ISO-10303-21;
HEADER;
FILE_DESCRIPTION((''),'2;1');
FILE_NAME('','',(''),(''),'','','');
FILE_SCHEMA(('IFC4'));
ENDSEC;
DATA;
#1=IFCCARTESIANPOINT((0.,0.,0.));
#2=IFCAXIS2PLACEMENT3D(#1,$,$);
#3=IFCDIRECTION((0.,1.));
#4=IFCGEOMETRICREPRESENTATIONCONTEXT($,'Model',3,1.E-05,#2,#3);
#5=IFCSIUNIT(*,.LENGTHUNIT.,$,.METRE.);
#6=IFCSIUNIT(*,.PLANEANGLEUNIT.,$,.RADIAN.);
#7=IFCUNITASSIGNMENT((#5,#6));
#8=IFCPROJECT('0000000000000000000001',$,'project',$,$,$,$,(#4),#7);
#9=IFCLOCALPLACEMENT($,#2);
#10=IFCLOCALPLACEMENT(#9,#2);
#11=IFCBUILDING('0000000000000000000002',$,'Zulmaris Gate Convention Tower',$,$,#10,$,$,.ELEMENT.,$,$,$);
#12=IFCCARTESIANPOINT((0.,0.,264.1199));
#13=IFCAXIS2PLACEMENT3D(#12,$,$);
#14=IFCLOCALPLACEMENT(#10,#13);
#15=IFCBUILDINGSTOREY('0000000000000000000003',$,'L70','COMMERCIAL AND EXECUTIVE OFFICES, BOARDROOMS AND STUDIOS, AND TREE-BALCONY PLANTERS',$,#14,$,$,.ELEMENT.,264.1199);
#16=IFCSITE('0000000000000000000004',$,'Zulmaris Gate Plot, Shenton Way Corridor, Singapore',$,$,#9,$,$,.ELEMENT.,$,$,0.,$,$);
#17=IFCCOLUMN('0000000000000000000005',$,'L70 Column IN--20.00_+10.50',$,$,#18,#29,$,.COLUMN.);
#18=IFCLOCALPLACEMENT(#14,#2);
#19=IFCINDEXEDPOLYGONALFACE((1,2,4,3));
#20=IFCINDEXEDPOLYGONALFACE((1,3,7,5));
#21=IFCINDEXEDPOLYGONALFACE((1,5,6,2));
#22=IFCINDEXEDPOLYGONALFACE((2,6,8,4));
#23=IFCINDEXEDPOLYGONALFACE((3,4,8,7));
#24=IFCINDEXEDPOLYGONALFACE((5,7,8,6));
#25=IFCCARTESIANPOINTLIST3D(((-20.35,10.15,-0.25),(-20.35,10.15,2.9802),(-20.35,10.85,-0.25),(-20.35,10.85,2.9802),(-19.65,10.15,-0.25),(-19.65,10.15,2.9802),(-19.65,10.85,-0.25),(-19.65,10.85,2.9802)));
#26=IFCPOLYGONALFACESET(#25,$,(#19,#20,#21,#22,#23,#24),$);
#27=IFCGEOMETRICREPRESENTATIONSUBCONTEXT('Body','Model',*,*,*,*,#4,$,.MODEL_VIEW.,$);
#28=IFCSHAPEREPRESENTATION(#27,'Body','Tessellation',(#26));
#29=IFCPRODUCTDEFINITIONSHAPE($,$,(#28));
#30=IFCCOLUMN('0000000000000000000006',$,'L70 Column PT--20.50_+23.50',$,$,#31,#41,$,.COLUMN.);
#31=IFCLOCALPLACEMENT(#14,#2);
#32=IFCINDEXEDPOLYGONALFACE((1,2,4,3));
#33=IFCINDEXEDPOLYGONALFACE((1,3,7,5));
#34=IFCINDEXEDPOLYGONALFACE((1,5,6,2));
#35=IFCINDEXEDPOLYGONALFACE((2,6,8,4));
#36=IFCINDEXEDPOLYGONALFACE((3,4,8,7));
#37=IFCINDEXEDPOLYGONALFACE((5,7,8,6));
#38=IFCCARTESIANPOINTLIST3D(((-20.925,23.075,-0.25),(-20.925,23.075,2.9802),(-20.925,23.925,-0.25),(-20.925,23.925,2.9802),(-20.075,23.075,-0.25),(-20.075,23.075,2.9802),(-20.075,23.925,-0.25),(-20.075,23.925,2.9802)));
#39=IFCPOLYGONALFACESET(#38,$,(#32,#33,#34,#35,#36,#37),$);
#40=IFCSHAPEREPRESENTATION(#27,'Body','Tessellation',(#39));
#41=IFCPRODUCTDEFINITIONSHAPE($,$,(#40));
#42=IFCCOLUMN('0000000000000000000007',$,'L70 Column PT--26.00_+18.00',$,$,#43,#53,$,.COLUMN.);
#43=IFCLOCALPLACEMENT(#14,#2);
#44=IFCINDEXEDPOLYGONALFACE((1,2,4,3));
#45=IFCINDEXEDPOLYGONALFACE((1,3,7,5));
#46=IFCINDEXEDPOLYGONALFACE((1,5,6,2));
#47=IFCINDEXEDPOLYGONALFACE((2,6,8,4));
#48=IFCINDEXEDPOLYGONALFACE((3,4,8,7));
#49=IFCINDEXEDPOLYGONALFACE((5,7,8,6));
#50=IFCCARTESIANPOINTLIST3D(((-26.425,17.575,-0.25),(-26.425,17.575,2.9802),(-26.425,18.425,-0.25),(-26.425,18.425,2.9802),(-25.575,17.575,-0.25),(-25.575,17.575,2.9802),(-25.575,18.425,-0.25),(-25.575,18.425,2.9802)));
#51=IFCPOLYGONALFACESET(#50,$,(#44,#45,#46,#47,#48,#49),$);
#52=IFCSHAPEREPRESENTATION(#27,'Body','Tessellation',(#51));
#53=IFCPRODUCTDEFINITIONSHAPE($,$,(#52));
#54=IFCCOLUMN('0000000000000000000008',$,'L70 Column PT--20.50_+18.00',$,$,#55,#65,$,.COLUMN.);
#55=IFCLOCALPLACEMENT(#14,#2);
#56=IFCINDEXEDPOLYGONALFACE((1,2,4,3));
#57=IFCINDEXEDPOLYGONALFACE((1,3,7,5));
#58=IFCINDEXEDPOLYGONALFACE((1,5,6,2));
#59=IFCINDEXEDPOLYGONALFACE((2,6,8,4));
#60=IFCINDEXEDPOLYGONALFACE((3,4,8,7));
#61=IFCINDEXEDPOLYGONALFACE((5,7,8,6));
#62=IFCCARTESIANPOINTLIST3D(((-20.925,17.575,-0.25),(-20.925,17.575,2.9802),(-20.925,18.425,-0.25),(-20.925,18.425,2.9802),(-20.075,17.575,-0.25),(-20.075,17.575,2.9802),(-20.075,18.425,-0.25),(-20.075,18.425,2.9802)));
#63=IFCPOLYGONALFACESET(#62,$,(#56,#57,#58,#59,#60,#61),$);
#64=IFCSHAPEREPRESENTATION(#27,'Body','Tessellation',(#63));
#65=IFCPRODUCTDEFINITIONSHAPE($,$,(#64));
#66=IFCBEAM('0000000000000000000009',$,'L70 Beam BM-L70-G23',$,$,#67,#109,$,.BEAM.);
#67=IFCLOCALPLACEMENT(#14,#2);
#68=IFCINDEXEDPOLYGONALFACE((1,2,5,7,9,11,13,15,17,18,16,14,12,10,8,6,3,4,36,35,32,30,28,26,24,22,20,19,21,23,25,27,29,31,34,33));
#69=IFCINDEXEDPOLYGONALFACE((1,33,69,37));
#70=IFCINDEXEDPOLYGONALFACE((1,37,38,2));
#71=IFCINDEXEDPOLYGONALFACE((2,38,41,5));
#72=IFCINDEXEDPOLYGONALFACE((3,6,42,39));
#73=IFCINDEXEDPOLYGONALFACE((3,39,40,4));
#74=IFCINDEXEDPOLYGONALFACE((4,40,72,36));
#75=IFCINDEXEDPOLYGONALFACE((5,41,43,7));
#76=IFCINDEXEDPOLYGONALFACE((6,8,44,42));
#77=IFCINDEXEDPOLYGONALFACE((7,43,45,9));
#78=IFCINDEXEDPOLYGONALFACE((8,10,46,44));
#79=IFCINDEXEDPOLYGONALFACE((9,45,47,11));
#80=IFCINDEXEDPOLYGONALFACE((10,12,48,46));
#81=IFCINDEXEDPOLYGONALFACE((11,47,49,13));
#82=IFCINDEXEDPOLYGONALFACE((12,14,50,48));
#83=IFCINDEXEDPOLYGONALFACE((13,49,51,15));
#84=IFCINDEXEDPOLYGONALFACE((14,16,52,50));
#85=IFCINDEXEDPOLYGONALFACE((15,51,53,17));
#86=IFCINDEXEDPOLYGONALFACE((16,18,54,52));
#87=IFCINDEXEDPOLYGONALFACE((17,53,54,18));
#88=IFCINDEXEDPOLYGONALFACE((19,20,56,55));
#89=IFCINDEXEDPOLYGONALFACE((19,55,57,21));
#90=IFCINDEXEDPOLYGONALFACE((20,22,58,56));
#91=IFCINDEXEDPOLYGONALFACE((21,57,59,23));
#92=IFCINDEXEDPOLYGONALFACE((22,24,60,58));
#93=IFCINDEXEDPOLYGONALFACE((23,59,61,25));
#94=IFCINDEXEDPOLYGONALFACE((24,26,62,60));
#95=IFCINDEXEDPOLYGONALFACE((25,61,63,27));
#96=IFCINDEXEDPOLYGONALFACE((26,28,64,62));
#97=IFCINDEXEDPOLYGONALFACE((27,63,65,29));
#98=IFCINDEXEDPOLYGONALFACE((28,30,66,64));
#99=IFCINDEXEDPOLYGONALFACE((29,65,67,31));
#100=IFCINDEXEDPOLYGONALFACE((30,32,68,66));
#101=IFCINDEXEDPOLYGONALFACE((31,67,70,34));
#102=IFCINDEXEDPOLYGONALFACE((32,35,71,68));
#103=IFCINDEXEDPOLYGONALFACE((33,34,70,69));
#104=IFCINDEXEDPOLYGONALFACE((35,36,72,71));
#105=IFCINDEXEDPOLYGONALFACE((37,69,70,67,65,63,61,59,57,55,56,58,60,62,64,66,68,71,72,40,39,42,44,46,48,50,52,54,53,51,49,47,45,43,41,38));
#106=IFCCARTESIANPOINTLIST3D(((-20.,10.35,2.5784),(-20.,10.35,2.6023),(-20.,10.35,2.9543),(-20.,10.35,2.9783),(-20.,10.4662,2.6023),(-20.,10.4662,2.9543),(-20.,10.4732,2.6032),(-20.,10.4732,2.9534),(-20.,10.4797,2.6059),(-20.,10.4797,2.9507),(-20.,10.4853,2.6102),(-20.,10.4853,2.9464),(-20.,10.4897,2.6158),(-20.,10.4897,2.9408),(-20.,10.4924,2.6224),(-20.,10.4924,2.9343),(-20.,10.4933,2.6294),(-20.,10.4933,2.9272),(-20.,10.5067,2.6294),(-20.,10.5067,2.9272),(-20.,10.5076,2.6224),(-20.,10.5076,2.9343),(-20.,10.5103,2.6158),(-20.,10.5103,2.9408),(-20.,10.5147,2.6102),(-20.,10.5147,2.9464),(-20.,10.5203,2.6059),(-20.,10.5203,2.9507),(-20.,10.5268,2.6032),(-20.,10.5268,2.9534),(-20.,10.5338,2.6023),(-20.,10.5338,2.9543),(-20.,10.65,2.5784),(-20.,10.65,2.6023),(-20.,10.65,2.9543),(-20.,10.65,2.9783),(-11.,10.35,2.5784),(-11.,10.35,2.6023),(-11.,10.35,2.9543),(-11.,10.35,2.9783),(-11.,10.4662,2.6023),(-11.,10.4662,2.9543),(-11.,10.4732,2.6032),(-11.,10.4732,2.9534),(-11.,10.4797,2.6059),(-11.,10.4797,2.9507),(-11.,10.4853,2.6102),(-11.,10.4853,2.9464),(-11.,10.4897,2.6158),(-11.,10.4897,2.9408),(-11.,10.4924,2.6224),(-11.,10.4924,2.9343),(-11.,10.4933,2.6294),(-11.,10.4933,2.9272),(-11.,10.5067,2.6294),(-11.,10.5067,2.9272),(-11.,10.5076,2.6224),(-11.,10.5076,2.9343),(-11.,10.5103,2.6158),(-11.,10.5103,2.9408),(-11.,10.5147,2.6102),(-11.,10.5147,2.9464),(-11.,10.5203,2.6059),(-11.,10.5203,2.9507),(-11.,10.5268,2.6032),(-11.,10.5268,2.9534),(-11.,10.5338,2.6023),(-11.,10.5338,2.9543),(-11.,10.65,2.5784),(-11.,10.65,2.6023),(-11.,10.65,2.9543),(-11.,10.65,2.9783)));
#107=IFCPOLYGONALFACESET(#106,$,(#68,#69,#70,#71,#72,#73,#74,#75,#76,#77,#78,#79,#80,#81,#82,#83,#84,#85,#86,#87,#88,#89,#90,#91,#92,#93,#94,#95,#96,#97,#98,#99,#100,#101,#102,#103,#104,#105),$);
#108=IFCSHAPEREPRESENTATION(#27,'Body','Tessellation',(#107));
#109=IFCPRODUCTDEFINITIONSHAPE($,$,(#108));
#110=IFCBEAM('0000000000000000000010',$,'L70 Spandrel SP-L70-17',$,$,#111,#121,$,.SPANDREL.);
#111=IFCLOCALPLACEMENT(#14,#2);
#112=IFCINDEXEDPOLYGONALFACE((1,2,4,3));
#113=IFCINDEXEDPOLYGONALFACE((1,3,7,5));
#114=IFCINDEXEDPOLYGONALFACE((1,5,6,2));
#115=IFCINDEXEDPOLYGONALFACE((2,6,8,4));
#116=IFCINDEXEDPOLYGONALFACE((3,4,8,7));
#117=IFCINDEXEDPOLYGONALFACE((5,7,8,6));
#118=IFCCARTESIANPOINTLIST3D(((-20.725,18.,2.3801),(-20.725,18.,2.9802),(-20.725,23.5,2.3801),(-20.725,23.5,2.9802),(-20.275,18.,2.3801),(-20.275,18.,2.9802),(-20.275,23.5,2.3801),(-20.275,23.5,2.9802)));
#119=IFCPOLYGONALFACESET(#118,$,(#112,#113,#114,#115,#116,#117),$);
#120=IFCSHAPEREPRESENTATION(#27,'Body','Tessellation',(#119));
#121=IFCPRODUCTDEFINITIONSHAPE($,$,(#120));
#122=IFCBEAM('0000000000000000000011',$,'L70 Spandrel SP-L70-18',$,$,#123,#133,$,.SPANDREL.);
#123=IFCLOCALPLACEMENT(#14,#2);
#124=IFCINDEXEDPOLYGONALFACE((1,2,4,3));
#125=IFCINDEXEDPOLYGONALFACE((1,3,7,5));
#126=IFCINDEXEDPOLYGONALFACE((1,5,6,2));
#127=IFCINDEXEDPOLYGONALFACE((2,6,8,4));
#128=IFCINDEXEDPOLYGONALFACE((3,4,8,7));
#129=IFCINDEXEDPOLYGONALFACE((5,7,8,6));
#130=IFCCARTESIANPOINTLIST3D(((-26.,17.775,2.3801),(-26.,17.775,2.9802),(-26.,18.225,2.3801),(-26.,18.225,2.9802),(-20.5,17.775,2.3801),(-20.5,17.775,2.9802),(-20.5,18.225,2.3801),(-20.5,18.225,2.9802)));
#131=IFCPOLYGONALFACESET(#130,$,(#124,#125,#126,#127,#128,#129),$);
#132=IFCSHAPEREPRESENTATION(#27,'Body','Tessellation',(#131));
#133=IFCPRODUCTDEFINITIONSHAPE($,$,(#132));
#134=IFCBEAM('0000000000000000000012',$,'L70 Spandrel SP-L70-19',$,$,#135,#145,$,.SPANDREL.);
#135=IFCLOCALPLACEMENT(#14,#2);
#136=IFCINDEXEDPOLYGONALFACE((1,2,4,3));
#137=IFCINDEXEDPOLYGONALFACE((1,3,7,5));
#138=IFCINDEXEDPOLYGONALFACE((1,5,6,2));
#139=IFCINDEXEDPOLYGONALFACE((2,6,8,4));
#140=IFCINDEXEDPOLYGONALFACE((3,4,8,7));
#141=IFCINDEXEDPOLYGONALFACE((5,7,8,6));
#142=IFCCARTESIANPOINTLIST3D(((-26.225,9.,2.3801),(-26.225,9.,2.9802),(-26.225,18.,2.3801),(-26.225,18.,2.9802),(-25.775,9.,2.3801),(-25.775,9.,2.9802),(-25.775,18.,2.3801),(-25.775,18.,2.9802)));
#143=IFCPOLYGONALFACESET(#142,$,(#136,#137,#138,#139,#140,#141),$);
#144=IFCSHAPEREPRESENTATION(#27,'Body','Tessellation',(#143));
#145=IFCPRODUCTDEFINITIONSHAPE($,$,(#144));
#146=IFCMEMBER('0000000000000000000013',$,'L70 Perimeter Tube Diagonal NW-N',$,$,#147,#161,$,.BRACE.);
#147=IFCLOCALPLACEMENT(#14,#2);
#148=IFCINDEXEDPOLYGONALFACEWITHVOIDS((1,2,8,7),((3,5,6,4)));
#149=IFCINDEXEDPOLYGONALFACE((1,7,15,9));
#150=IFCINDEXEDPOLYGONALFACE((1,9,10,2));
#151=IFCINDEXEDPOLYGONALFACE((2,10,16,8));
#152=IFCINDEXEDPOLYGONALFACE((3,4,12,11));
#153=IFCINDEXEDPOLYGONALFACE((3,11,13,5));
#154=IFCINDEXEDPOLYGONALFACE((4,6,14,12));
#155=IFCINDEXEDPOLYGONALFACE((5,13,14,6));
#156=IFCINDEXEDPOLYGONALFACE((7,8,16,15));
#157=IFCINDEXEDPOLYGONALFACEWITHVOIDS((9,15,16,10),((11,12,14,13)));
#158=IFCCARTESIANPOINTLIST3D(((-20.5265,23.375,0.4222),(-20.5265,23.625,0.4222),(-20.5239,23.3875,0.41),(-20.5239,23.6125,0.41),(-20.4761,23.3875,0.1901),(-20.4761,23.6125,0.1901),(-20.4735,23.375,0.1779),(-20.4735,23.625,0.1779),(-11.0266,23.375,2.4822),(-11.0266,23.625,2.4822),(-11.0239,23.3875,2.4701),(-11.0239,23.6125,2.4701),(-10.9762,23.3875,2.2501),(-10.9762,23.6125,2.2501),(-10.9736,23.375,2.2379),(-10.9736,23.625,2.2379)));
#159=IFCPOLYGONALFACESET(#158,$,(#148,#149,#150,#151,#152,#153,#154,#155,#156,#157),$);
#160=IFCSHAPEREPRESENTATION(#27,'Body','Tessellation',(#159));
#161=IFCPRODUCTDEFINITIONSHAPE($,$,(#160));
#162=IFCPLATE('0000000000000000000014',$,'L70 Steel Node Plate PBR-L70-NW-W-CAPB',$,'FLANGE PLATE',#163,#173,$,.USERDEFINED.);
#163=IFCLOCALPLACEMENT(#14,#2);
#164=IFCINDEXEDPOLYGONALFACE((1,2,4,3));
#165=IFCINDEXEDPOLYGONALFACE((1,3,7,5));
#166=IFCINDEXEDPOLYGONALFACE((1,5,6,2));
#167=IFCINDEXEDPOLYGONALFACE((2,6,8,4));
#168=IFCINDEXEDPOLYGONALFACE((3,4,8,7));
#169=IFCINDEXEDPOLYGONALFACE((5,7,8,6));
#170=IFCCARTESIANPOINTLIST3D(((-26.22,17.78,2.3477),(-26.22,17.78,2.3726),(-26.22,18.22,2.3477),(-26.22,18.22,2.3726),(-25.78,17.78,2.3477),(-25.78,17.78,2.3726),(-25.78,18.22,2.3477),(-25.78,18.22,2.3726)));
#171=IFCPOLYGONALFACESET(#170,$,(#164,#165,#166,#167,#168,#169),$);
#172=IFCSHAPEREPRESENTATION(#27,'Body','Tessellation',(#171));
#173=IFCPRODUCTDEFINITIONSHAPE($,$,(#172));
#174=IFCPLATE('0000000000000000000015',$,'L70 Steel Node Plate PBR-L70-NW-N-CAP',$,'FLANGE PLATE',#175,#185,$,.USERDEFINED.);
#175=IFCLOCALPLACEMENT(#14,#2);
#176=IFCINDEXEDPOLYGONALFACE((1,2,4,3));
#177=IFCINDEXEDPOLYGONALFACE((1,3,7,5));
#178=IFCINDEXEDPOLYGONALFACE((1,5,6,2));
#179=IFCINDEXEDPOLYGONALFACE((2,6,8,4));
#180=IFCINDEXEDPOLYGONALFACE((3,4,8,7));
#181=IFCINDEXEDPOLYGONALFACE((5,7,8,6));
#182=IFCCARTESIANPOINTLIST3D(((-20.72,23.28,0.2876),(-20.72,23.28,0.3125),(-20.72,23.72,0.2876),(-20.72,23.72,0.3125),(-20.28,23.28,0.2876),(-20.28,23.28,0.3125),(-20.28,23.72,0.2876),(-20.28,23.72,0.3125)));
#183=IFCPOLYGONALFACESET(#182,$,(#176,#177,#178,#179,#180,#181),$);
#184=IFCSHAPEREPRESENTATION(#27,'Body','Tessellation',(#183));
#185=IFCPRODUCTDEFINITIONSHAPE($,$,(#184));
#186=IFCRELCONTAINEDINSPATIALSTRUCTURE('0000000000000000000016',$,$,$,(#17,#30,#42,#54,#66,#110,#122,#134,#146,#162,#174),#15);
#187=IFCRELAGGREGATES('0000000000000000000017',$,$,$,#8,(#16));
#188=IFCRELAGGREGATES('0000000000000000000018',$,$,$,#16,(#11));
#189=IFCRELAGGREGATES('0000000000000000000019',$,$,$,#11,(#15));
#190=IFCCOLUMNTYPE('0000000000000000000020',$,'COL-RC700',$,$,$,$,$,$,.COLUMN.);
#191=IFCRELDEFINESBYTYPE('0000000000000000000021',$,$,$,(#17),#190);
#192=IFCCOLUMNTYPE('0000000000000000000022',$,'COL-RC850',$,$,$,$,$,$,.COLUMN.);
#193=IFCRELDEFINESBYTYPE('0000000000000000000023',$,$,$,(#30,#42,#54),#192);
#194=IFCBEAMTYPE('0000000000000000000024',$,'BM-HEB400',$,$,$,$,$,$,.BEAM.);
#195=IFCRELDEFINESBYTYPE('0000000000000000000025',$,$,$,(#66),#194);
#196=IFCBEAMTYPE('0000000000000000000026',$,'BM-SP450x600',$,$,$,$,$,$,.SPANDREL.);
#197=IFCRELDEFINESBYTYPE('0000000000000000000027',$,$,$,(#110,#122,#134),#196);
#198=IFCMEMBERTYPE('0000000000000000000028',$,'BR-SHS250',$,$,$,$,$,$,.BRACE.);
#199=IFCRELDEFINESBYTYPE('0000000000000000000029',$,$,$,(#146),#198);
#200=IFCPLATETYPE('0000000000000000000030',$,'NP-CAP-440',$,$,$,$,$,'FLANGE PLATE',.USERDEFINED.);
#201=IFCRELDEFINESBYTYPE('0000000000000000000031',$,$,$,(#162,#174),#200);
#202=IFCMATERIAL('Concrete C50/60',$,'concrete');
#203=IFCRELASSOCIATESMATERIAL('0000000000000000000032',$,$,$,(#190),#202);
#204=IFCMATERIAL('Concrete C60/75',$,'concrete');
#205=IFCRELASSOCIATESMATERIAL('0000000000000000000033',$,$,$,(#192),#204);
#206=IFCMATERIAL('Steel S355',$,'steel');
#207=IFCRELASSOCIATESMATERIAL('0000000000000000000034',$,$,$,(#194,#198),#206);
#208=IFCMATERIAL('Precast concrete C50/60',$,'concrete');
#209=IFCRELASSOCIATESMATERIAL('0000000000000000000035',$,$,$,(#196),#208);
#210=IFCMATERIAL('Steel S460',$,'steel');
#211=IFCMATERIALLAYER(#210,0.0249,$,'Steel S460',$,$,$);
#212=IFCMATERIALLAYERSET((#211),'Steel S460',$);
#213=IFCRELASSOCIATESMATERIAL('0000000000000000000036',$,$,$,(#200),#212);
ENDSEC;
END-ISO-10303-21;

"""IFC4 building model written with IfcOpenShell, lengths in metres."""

from ifc_helpers import new_model, si_unit, direction, frame, origin, origin_2d, place, context, subcontext, project, spatial, rectangle, hollow_rectangle, i_section, extrude, material, layer, layer_set, material_profile, profile_set, type_object, element, save


model = new_model("IFC4")

# Units and contexts
model_context = context("Model", 3, precision=1e-05, world=origin(), true_north=direction((0.0, 1.0)))
body_context = subcontext(model_context, "Body", "Model", "MODEL_VIEW")
ifc_project = project(units=[si_unit("LENGTHUNIT", "METRE"), si_unit("PLANEANGLEUNIT", "RADIAN")], contexts=[model_context])

# Site, building, storey
site_placement = place(None, origin())
site = spatial("IfcSite", under=ifc_project, at=site_placement, Name="Zulmaris Gate Plot, Shenton Way Corridor, Singapore", CompositionType="ELEMENT", RefElevation=0.0)
building_placement = place(site_placement, origin())
building = spatial("IfcBuilding", under=site, at=building_placement, Name="Zulmaris Gate Convention Tower", CompositionType="ELEMENT")
storey_placement = place(building_placement, frame((0.0, 0.0, 264.1199)))
storey = spatial("IfcBuildingStorey", under=building, at=storey_placement, Name="L70", Description="COMMERCIAL AND EXECUTIVE OFFICES, BOARDROOMS AND STUDIOS, AND TREE-BALCONY PLANTERS", CompositionType="ELEMENT", Elevation=264.1199)

# Columns
ifc_material_1 = material(Name="Concrete C50/60", Category="concrete")
ifc_material_profile_1 = material_profile(ifc_material_1, rectangle(XDim=0.7, YDim=0.7, at=origin_2d()), Name="RC COL 700x700")
ifc_profile_set_1 = profile_set([ifc_material_profile_1], Name="Concrete C50/60")
column_type_1 = type_object("IfcColumnType", Name="COL-RC700", PredefinedType="COLUMN", material=ifc_profile_set_1)
column_placement = place(storey_placement, frame((-20.0, 10.5, -0.25), z_axis=(0.0, 0.0, 1.0), x_axis=(1.0, 0.0, 0.0)))
element("IfcColumn", 1, at=column_placement, inside=storey, type_object=column_type_1, Name="L70 Column IN--20.00_+10.50", PredefinedType="COLUMN", context=body_context, shape_type="SweptSolid", body=[
    extrude(rectangle(XDim=0.7, YDim=0.7, at=origin_2d()), origin(), (0.0, 0.0, 1.0), 3.2302),
])
ifc_material_2 = material(Name="Concrete C60/75", Category="concrete")
ifc_material_profile_2 = material_profile(ifc_material_2, rectangle(XDim=0.8501, YDim=0.8501, at=origin_2d()), Name="RC COL 850x850")
ifc_profile_set_2 = profile_set([ifc_material_profile_2], Name="Concrete C60/75")
column_type_2 = type_object("IfcColumnType", Name="COL-RC850", PredefinedType="COLUMN", material=ifc_profile_set_2)
for number, where, z_axis, x_axis, name in (
    (2, (-20.5, 23.5, -0.25), (0.0, 0.0, 1.0), (1.0, 0.0, 0.0), "L70 Column PT--20.50_+23.50"),
    (3, (-26.0, 18.0, -0.25), (0.0, 0.0, 1.0), (1.0, 0.0, 0.0), "L70 Column PT--26.00_+18.00"),
    (4, (-20.5, 18.0, -0.25), (0.0, 0.0, 1.0), (1.0, 0.0, 0.0), "L70 Column PT--20.50_+18.00"),
):
    element("IfcColumn", number, at=place(storey_placement, frame(where, z_axis=z_axis, x_axis=x_axis)), inside=storey, type_object=column_type_2, Name=name, PredefinedType="COLUMN", context=body_context, shape_type="SweptSolid", body=[
        extrude(rectangle(XDim=0.8501, YDim=0.8501, at=origin_2d()), origin(), (0.0, 0.0, 1.0), 3.2302),
    ])

# Beams
ifc_material_3 = material(Name="Steel S355", Category="steel")
ifc_material_profile_3 = material_profile(ifc_material_3, i_section(OverallWidth=0.3, OverallDepth=0.3999, WebThickness=0.0134, FlangeThickness=0.0239, FilletRadius=0.0271, at=origin_2d()), Name="HEB 400")
ifc_profile_set_3 = profile_set([ifc_material_profile_3], Name="Steel S355")
beam_type_1 = type_object("IfcBeamType", Name="BM-HEB400", PredefinedType="BEAM", material=ifc_profile_set_3)
beam_1_placement = place(storey_placement, frame((-20.0, 10.5, 2.7783), z_axis=(1.0, 0.0, 0.0), x_axis=(0.0, 1.0, 0.0)))
element("IfcBeam", 5, at=beam_1_placement, inside=storey, type_object=beam_type_1, Name="L70 Beam BM-L70-G23", PredefinedType="BEAM", context=body_context, shape_type="SweptSolid", body=[
    extrude(i_section(OverallWidth=0.3, OverallDepth=0.3999, WebThickness=0.0134, FlangeThickness=0.0239, FilletRadius=0.0271, at=origin_2d()), origin(), (0.0, 0.0, 1.0), 9.0),
])
ifc_material_4 = material(Name="Precast concrete C50/60", Category="concrete")
ifc_material_profile_4 = material_profile(ifc_material_4, rectangle(XDim=0.45, YDim=0.6001, at=origin_2d()), Name="RC SPANDREL 450x600")
ifc_profile_set_4 = profile_set([ifc_material_profile_4], Name="Precast concrete C50/60")
beam_type_2 = type_object("IfcBeamType", Name="BM-SP450x600", PredefinedType="SPANDREL", material=ifc_profile_set_4)
for number, where, z_axis, x_axis, name in (
    (6, (-20.5, 23.5, 2.6802), (0.0, -1.0, 0.0), (1.0, 0.0, 0.0), "L70 Spandrel SP-L70-17"),
    (7, (-20.5, 18.0, 2.6802), (-1.0, 0.0, 0.0), (0.0, -1.0, 0.0), "L70 Spandrel SP-L70-18"),
):
    element("IfcBeam", number, at=place(storey_placement, frame(where, z_axis=z_axis, x_axis=x_axis)), inside=storey, type_object=beam_type_2, Name=name, PredefinedType="SPANDREL", context=body_context, shape_type="SweptSolid", body=[
        extrude(rectangle(XDim=0.45, YDim=0.6001, at=origin_2d()), origin(), (0.0, 0.0, 1.0), 5.5),
    ])
beam_2_placement = place(storey_placement, frame((-26.0, 18.0, 2.6802), z_axis=(0.0, -1.0, 0.0), x_axis=(1.0, 0.0, 0.0)))
element("IfcBeam", 8, at=beam_2_placement, inside=storey, type_object=beam_type_2, Name="L70 Spandrel SP-L70-19", PredefinedType="SPANDREL", context=body_context, shape_type="SweptSolid", body=[
    extrude(rectangle(XDim=0.45, YDim=0.6001, at=origin_2d()), origin(), (0.0, 0.0, 1.0), 9.0),
])

# Member
ifc_material_profile_5 = material_profile(ifc_material_3, hollow_rectangle(XDim=0.25, YDim=0.25, WallThickness=0.0125, at=origin_2d()), Name="SHS 250x250x12.5")
ifc_profile_set_5 = profile_set([ifc_material_profile_5], Name="Steel S355")
member_type = type_object("IfcMemberType", Name="BR-SHS250", PredefinedType="BRACE", material=ifc_profile_set_5)
member_placement = place(storey_placement, frame((-20.5, 23.5, 0.3), z_axis=(0.977286, 0.0, 0.211923), x_axis=(0.0, 1.0, 0.0)))
element("IfcMember", 9, at=member_placement, inside=storey, type_object=member_type, Name="L70 Perimeter Tube Diagonal NW-N", PredefinedType="BRACE", context=body_context, shape_type="SweptSolid", body=[
    extrude(hollow_rectangle(XDim=0.25, YDim=0.25, WallThickness=0.0125, at=origin_2d()), origin(), (0.0, 0.0, 1.0), 9.7207),
])

# Plates
ifc_material_5 = material(Name="Steel S460", Category="steel")
ifc_layer_1 = layer(ifc_material_5, 0.0249, Name="Steel S460")
ifc_layer_set_1 = layer_set([ifc_layer_1], Name="Steel S460")
plate_type = type_object("IfcPlateType", Name="NP-CAP-440", ElementType="FLANGE PLATE", PredefinedType="USERDEFINED", material=ifc_layer_set_1)
for number, where, z_axis, x_axis, name in (
    (10, (-26.0, 18.0, 2.3477), (0.0, 0.0, 1.0), (1.0, 0.0, 0.0), "L70 Steel Node Plate PBR-L70-NW-W-CAPB"),
    (11, (-20.5, 23.5, 0.2876), (0.0, 0.0, 1.0), (1.0, 0.0, 0.0), "L70 Steel Node Plate PBR-L70-NW-N-CAP"),
):
    element("IfcPlate", number, at=place(storey_placement, frame(where, z_axis=z_axis, x_axis=x_axis)), inside=storey, type_object=plate_type, Name=name, ObjectType="FLANGE PLATE", PredefinedType="USERDEFINED", context=body_context, shape_type="SweptSolid", body=[
        extrude(rectangle(XDim=0.4399, YDim=0.4399, at=origin_2d()), origin(), (0.0, 0.0, 1.0), 0.0249),
    ])

save(model, "model.ifc")
